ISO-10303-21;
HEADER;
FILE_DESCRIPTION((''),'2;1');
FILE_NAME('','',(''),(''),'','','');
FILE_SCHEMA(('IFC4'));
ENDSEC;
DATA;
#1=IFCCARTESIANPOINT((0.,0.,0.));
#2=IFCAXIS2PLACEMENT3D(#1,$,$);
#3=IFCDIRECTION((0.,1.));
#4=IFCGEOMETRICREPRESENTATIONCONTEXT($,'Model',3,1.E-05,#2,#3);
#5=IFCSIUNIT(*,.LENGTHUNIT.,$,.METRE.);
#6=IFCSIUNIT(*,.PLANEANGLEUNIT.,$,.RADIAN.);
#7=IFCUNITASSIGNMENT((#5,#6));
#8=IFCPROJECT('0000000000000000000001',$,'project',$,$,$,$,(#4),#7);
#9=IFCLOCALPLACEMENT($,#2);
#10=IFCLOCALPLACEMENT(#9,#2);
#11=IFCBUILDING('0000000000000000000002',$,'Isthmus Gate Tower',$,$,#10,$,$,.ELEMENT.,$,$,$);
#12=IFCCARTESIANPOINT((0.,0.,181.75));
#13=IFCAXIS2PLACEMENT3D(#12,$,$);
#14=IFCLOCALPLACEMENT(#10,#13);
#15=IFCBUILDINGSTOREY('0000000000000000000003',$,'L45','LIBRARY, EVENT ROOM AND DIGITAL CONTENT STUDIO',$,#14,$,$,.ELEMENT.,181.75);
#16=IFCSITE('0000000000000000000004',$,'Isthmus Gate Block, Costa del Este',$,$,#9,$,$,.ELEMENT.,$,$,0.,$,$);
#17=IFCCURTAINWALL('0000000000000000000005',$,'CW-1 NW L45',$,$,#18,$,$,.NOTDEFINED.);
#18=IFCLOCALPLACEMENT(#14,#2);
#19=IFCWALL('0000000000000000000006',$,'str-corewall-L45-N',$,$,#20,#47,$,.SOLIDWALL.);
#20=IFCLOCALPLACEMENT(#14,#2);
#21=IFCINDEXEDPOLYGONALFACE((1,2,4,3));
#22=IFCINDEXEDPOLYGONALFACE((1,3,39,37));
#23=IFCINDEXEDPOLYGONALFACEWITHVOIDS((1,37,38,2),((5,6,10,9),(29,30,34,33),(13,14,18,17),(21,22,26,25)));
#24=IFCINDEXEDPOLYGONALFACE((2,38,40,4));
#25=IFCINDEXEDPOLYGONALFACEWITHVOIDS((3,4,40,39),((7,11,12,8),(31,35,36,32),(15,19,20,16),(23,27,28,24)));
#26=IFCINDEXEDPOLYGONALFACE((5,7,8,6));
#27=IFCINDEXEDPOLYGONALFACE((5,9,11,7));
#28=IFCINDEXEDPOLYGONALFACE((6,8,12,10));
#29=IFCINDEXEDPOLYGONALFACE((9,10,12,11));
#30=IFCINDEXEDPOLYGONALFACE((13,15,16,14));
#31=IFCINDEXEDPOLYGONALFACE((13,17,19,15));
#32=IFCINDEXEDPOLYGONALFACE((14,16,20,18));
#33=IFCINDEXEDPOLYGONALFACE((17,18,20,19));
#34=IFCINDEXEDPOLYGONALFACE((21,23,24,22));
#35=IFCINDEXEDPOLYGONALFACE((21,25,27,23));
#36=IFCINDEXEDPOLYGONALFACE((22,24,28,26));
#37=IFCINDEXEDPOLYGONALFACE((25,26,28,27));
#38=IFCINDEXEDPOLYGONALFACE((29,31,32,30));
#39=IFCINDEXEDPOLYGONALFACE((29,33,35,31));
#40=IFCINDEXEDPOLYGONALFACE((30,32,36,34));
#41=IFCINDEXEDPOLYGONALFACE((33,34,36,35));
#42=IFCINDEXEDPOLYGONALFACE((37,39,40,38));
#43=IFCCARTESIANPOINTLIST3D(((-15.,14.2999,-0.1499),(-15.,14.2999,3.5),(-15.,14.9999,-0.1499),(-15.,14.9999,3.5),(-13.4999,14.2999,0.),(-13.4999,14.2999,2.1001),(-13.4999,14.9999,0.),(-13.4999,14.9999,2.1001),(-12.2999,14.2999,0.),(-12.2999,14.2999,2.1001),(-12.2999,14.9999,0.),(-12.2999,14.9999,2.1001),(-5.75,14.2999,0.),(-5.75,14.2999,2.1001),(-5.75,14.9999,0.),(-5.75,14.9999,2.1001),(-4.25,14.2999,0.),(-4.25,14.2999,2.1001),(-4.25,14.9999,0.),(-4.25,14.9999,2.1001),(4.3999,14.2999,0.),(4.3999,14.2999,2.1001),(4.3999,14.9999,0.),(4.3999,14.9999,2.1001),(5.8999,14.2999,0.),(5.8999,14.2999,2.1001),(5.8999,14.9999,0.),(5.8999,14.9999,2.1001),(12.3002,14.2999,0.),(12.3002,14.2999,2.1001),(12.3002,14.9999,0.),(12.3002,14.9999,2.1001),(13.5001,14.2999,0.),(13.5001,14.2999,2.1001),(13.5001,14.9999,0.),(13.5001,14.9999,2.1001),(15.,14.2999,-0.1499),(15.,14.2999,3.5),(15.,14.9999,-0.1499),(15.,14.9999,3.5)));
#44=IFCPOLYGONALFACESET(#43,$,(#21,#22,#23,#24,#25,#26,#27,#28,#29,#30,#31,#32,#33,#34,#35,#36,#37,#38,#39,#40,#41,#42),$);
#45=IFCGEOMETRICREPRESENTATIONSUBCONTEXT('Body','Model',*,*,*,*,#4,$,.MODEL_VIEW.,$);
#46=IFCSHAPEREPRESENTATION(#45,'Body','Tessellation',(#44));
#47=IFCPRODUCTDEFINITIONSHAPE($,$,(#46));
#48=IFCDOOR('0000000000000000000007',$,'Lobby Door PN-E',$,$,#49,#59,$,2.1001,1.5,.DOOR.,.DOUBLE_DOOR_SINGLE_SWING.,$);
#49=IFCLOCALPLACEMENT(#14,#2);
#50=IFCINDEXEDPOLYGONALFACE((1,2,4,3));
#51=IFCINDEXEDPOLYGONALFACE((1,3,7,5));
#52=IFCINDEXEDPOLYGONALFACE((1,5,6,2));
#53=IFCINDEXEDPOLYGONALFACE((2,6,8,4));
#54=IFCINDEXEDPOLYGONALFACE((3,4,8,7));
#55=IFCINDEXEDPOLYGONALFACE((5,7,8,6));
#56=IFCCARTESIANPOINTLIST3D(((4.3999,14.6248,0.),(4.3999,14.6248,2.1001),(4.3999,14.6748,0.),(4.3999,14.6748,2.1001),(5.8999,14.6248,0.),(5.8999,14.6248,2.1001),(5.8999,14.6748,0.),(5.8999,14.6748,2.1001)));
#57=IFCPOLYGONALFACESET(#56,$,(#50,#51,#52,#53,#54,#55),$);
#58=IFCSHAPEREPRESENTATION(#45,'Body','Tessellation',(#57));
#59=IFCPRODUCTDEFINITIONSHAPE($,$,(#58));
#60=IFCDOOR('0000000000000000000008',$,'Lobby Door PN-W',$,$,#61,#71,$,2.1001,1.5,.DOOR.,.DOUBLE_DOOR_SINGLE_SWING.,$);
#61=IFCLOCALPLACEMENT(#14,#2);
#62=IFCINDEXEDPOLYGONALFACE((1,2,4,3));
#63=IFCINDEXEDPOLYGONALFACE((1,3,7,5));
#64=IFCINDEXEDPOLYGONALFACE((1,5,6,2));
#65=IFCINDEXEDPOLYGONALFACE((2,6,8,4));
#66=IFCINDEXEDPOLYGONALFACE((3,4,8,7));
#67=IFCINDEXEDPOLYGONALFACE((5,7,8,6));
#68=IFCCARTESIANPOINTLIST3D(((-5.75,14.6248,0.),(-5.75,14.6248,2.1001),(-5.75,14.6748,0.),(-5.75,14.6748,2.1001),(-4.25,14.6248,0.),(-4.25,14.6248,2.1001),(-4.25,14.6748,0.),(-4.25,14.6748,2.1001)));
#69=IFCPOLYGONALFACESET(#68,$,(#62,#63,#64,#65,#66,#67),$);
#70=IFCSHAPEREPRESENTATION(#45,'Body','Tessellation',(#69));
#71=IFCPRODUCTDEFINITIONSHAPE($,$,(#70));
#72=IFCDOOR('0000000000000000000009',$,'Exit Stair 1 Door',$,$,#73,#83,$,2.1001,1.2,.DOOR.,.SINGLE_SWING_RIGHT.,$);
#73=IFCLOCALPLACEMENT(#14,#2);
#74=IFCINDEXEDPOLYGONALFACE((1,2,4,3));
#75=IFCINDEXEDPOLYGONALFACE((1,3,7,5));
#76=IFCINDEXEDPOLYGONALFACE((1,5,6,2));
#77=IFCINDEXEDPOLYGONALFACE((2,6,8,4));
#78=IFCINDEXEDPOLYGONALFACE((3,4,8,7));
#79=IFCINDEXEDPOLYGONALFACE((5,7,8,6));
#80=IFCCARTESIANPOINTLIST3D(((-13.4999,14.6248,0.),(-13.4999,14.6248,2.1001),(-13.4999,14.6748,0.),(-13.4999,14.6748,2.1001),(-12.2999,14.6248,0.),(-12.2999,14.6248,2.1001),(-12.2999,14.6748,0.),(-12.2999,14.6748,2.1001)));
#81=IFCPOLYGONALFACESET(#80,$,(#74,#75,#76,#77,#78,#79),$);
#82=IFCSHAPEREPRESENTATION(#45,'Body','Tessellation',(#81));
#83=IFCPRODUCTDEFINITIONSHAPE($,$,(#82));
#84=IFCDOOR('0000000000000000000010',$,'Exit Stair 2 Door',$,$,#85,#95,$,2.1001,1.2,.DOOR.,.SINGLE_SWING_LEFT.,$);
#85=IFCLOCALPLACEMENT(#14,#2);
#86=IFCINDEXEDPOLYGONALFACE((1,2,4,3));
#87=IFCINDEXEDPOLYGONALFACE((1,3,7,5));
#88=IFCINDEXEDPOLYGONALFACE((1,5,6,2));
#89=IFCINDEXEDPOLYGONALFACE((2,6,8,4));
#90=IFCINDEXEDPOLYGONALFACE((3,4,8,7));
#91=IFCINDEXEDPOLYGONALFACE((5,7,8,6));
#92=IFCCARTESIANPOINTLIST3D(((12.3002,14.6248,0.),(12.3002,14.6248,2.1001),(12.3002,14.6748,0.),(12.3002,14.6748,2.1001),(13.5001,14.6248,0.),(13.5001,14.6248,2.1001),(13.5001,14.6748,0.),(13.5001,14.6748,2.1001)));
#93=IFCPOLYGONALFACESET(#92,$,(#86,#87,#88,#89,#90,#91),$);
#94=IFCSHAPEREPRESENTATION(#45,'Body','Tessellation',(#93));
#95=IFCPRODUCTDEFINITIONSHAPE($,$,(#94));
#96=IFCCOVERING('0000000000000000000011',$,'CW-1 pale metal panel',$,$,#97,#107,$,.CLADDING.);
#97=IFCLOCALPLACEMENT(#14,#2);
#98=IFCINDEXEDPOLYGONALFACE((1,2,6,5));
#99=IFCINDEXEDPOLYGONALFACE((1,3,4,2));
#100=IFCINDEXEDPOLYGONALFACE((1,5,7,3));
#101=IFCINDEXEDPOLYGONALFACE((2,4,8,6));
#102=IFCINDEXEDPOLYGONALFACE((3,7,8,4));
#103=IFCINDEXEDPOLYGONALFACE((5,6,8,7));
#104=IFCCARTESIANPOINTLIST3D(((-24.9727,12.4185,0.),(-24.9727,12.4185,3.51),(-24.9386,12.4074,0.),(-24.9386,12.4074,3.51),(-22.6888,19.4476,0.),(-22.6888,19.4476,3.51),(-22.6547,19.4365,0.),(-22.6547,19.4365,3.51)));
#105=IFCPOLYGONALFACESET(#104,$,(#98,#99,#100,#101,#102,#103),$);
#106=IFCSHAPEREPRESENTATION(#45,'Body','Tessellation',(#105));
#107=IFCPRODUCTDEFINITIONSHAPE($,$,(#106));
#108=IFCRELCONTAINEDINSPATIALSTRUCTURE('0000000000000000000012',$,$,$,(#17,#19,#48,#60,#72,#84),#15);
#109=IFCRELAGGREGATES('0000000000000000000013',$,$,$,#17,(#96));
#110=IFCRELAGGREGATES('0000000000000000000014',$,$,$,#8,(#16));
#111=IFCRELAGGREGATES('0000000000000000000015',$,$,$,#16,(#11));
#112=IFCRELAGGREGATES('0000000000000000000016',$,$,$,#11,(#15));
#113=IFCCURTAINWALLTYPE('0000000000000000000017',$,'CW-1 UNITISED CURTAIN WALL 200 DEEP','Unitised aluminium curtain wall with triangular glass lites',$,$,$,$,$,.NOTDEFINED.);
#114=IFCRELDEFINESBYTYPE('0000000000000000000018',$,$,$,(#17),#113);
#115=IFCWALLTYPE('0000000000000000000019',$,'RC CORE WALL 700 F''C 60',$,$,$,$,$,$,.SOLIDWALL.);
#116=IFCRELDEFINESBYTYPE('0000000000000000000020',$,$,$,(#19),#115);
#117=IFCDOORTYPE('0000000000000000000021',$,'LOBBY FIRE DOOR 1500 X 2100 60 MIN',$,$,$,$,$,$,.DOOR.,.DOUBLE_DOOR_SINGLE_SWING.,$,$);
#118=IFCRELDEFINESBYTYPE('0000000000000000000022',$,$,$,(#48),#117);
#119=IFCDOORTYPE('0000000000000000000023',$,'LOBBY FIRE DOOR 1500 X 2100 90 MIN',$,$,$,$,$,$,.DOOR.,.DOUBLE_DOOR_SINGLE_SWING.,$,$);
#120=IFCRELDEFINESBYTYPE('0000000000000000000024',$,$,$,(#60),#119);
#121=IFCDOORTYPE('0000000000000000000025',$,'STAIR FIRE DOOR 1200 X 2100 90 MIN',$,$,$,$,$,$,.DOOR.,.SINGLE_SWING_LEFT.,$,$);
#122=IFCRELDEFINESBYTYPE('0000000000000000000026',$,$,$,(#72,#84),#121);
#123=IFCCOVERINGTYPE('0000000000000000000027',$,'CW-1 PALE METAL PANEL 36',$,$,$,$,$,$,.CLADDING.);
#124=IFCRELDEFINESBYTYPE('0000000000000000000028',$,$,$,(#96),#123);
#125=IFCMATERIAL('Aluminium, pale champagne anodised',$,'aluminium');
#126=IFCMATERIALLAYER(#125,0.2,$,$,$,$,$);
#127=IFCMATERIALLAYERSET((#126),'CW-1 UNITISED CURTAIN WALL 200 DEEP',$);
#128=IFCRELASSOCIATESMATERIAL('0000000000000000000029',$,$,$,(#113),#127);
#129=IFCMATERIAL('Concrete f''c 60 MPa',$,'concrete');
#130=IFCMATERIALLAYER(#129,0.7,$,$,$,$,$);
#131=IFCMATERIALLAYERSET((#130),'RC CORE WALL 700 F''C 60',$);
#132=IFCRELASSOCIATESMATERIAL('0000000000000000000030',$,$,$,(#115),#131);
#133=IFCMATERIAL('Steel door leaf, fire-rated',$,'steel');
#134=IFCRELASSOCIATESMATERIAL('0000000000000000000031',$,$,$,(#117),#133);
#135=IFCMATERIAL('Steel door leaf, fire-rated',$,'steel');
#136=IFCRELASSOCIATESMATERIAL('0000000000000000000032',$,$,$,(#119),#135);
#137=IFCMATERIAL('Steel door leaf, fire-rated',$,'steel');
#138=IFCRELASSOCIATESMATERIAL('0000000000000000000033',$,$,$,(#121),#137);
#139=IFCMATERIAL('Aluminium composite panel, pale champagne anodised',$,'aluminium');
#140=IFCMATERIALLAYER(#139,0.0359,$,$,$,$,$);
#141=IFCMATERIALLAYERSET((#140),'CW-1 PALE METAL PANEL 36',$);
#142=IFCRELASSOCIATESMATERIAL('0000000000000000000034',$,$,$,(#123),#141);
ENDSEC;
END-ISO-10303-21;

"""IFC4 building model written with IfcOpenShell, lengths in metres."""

from ifc_helpers import new_model, si_unit, direction, frame, frame_2d, origin, origin_2d, place, context, subcontext, project, spatial, rectangle, extrude, material, layer, layer_set, type_object, element, fill, aggregate, save


model = new_model("IFC4")

# Units and contexts
model_context = context("Model", 3, precision=1e-05, world=origin(), true_north=direction((0.0, 1.0)))
body_context = subcontext(model_context, "Body", "Model", "MODEL_VIEW")
ifc_project = project(units=[si_unit("LENGTHUNIT", "METRE"), si_unit("PLANEANGLEUNIT", "RADIAN")], contexts=[model_context])

# Site, building, storey
site_placement = place(None, origin())
site = spatial("IfcSite", under=ifc_project, at=site_placement, Name="Isthmus Gate Block, Costa del Este", CompositionType="ELEMENT", RefElevation=0.0)
building_placement = place(site_placement, origin())
building = spatial("IfcBuilding", under=site, at=building_placement, Name="Isthmus Gate Tower", CompositionType="ELEMENT")
storey_placement = place(building_placement, frame((0.0, 0.0, 181.75)))
storey = spatial("IfcBuildingStorey", under=building, at=storey_placement, Name="L45", Description="LIBRARY, EVENT ROOM AND DIGITAL CONTENT STUDIO", CompositionType="ELEMENT", Elevation=181.75)

# Curtain wall
ifc_material_1 = material(Name="Aluminium, pale champagne anodised", Category="aluminium")
ifc_layer_1 = layer(ifc_material_1, 0.2)
ifc_layer_set_1 = layer_set([ifc_layer_1], Name="CW-1 UNITISED CURTAIN WALL 200 DEEP")
curtain_wall_type = type_object("IfcCurtainWallType", Name="CW-1 UNITISED CURTAIN WALL 200 DEEP", Description="Unitised aluminium curtain wall with triangular glass lites", PredefinedType="NOTDEFINED", material=ifc_layer_set_1)
curtain_wall_1_placement = place(storey_placement, origin())
curtain_wall_1 = element("IfcCurtainWall", 1, at=curtain_wall_1_placement, inside=storey, type_object=curtain_wall_type, Name="CW-1 NW L45", PredefinedType="NOTDEFINED")

# Wall, openings, doors
ifc_material_2 = material(Name="Concrete f'c 60 MPa", Category="concrete")
ifc_layer_2 = layer(ifc_material_2, 0.7)
ifc_layer_set_2 = layer_set([ifc_layer_2], Name="RC CORE WALL 700 F'C 60")
wall_type_1 = type_object("IfcWallType", Name="RC CORE WALL 700 F'C 60", PredefinedType="SOLIDWALL", material=ifc_layer_set_2)
wall_1_placement = place(storey_placement, frame((-15.0, 14.6499, -0.1499), z_axis=(0.0, 0.0, 1.0), x_axis=(1.0, 0.0, 0.0)))
wall_1 = element("IfcWall", 2, at=wall_1_placement, inside=storey, type_object=wall_type_1, Name="str-corewall-L45-N", PredefinedType="SOLIDWALL", context=body_context, shape_type="SweptSolid", body=[
    extrude(rectangle(XDim=30.0, YDim=0.7, at=frame_2d((15.0, 0.0))), origin(), (0.0, 0.0, 1.0), 3.6499),
])
opening_1_placement = place(wall_1_placement, frame((9.25, 0.0, 0.1499)))
opening_1 = element("IfcOpeningElement", 3, at=opening_1_placement, cuts=wall_1, PredefinedType="OPENING", context=body_context, shape_type="SweptSolid", body=[
    extrude(rectangle(XDim=1.5, YDim=2.1001, at=frame_2d((0.75, 1.05))), frame((0.0, 0.3599, 0.0), z_axis=(0.0, -1.0, 0.0), x_axis=(1.0, 0.0, 0.0)), (0.0, 0.0, 1.0), 0.72),
])
opening_2_placement = place(wall_1_placement, frame((19.3999, 0.0, 0.1499)))
opening_2 = element("IfcOpeningElement", 4, at=opening_2_placement, cuts=wall_1, PredefinedType="OPENING", context=body_context, shape_type="SweptSolid", body=[
    extrude(rectangle(XDim=1.5, YDim=2.1001, at=frame_2d((0.75, 1.05))), frame((0.0, 0.3599, 0.0), z_axis=(0.0, -1.0, 0.0), x_axis=(1.0, 0.0, 0.0)), (0.0, 0.0, 1.0), 0.72),
])
opening_3_placement = place(wall_1_placement, frame((1.5, 0.0, 0.1499)))
opening_3 = element("IfcOpeningElement", 5, at=opening_3_placement, cuts=wall_1, PredefinedType="OPENING", context=body_context, shape_type="SweptSolid", body=[
    extrude(rectangle(XDim=1.2, YDim=2.1001, at=frame_2d((0.6001, 1.05))), frame((0.0, 0.3599, 0.0), z_axis=(0.0, -1.0, 0.0), x_axis=(1.0, 0.0, 0.0)), (0.0, 0.0, 1.0), 0.72),
])
opening_4_placement = place(wall_1_placement, frame((27.3, 0.0, 0.1499)))
opening_4 = element("IfcOpeningElement", 6, at=opening_4_placement, cuts=wall_1, PredefinedType="OPENING", context=body_context, shape_type="SweptSolid", body=[
    extrude(rectangle(XDim=1.2, YDim=2.1001, at=frame_2d((0.6001, 1.05))), frame((0.0, 0.3599, 0.0), z_axis=(0.0, -1.0, 0.0), x_axis=(1.0, 0.0, 0.0)), (0.0, 0.0, 1.0), 0.72),
])
ifc_material_3 = material(Name="Steel door leaf, fire-rated", Category="steel")
door_type_1 = type_object("IfcDoorType", Name="LOBBY FIRE DOOR 1500 X 2100 60 MIN", OperationType="DOUBLE_DOOR_SINGLE_SWING", PredefinedType="DOOR", material=ifc_material_3)
door_1_placement = place(opening_2_placement, origin())
door_1 = element("IfcDoor", 7, at=door_1_placement, inside=storey, type_object=door_type_1, Name="Lobby Door PN-E", OperationType="DOUBLE_DOOR_SINGLE_SWING", OverallHeight=2.1001, OverallWidth=1.5, PredefinedType="DOOR", context=body_context, shape_type="SweptSolid", body=[
    extrude(rectangle(XDim=1.5, YDim=2.1001, at=frame_2d((0.75, 1.05))), frame((0.0, 0.0249, 0.0), z_axis=(0.0, -1.0, 0.0), x_axis=(1.0, 0.0, 0.0)), (0.0, 0.0, 1.0), 0.05),
])
fill(opening_2, door_1)
ifc_material_4 = material(Name="Steel door leaf, fire-rated", Category="steel")
door_type_2 = type_object("IfcDoorType", Name="LOBBY FIRE DOOR 1500 X 2100 90 MIN", OperationType="DOUBLE_DOOR_SINGLE_SWING", PredefinedType="DOOR", material=ifc_material_4)
door_2_placement = place(opening_1_placement, origin())
door_2 = element("IfcDoor", 8, at=door_2_placement, inside=storey, type_object=door_type_2, Name="Lobby Door PN-W", OperationType="DOUBLE_DOOR_SINGLE_SWING", OverallHeight=2.1001, OverallWidth=1.5, PredefinedType="DOOR", context=body_context, shape_type="SweptSolid", body=[
    extrude(rectangle(XDim=1.5, YDim=2.1001, at=frame_2d((0.75, 1.05))), frame((0.0, 0.0249, 0.0), z_axis=(0.0, -1.0, 0.0), x_axis=(1.0, 0.0, 0.0)), (0.0, 0.0, 1.0), 0.05),
])
fill(opening_1, door_2)
ifc_material_5 = material(Name="Steel door leaf, fire-rated", Category="steel")
door_type_3 = type_object("IfcDoorType", Name="STAIR FIRE DOOR 1200 X 2100 90 MIN", OperationType="SINGLE_SWING_LEFT", PredefinedType="DOOR", material=ifc_material_5)
door_3_placement = place(opening_3_placement, origin())
door_3 = element("IfcDoor", 9, at=door_3_placement, inside=storey, type_object=door_type_3, Name="Exit Stair 1 Door", OperationType="SINGLE_SWING_RIGHT", OverallHeight=2.1001, OverallWidth=1.2, PredefinedType="DOOR", context=body_context, shape_type="SweptSolid", body=[
    extrude(rectangle(XDim=1.2, YDim=2.1001, at=frame_2d((0.6001, 1.05))), frame((0.0, 0.0249, 0.0), z_axis=(0.0, -1.0, 0.0), x_axis=(1.0, 0.0, 0.0)), (0.0, 0.0, 1.0), 0.05),
])
fill(opening_3, door_3)
door_4_placement = place(opening_4_placement, origin())
door_4 = element("IfcDoor", 10, at=door_4_placement, inside=storey, type_object=door_type_3, Name="Exit Stair 2 Door", OperationType="SINGLE_SWING_LEFT", OverallHeight=2.1001, OverallWidth=1.2, PredefinedType="DOOR", context=body_context, shape_type="SweptSolid", body=[
    extrude(rectangle(XDim=1.2, YDim=2.1001, at=frame_2d((0.6001, 1.05))), frame((0.0, 0.0249, 0.0), z_axis=(0.0, -1.0, 0.0), x_axis=(1.0, 0.0, 0.0)), (0.0, 0.0, 1.0), 0.05),
])
fill(opening_4, door_4)

# Covering
ifc_material_6 = material(Name="Aluminium composite panel, pale champagne anodised", Category="aluminium")
ifc_layer_3 = layer(ifc_material_6, 0.0359)
ifc_layer_set_3 = layer_set([ifc_layer_3], Name="CW-1 PALE METAL PANEL 36")
covering_type = type_object("IfcCoveringType", Name="CW-1 PALE METAL PANEL 36", PredefinedType="CLADDING", material=ifc_layer_set_3)
covering_placement = place(storey_placement, frame((-23.8137, 15.9275, 0.0), z_axis=(0.0, 0.0, 1.0), x_axis=(-0.309017, -0.951057, 0.0)))
covering = element("IfcCovering", 11, at=covering_placement, type_object=covering_type, Name="CW-1 pale metal panel", PredefinedType="CLADDING", context=body_context, shape_type="SweptSolid", body=[
    extrude(rectangle(XDim=7.3909, YDim=0.0359, at=origin_2d()), origin(), (0.0, 0.0, 1.0), 3.51),
])
aggregate(curtain_wall_1, [covering])

save(model, "model.ifc")
